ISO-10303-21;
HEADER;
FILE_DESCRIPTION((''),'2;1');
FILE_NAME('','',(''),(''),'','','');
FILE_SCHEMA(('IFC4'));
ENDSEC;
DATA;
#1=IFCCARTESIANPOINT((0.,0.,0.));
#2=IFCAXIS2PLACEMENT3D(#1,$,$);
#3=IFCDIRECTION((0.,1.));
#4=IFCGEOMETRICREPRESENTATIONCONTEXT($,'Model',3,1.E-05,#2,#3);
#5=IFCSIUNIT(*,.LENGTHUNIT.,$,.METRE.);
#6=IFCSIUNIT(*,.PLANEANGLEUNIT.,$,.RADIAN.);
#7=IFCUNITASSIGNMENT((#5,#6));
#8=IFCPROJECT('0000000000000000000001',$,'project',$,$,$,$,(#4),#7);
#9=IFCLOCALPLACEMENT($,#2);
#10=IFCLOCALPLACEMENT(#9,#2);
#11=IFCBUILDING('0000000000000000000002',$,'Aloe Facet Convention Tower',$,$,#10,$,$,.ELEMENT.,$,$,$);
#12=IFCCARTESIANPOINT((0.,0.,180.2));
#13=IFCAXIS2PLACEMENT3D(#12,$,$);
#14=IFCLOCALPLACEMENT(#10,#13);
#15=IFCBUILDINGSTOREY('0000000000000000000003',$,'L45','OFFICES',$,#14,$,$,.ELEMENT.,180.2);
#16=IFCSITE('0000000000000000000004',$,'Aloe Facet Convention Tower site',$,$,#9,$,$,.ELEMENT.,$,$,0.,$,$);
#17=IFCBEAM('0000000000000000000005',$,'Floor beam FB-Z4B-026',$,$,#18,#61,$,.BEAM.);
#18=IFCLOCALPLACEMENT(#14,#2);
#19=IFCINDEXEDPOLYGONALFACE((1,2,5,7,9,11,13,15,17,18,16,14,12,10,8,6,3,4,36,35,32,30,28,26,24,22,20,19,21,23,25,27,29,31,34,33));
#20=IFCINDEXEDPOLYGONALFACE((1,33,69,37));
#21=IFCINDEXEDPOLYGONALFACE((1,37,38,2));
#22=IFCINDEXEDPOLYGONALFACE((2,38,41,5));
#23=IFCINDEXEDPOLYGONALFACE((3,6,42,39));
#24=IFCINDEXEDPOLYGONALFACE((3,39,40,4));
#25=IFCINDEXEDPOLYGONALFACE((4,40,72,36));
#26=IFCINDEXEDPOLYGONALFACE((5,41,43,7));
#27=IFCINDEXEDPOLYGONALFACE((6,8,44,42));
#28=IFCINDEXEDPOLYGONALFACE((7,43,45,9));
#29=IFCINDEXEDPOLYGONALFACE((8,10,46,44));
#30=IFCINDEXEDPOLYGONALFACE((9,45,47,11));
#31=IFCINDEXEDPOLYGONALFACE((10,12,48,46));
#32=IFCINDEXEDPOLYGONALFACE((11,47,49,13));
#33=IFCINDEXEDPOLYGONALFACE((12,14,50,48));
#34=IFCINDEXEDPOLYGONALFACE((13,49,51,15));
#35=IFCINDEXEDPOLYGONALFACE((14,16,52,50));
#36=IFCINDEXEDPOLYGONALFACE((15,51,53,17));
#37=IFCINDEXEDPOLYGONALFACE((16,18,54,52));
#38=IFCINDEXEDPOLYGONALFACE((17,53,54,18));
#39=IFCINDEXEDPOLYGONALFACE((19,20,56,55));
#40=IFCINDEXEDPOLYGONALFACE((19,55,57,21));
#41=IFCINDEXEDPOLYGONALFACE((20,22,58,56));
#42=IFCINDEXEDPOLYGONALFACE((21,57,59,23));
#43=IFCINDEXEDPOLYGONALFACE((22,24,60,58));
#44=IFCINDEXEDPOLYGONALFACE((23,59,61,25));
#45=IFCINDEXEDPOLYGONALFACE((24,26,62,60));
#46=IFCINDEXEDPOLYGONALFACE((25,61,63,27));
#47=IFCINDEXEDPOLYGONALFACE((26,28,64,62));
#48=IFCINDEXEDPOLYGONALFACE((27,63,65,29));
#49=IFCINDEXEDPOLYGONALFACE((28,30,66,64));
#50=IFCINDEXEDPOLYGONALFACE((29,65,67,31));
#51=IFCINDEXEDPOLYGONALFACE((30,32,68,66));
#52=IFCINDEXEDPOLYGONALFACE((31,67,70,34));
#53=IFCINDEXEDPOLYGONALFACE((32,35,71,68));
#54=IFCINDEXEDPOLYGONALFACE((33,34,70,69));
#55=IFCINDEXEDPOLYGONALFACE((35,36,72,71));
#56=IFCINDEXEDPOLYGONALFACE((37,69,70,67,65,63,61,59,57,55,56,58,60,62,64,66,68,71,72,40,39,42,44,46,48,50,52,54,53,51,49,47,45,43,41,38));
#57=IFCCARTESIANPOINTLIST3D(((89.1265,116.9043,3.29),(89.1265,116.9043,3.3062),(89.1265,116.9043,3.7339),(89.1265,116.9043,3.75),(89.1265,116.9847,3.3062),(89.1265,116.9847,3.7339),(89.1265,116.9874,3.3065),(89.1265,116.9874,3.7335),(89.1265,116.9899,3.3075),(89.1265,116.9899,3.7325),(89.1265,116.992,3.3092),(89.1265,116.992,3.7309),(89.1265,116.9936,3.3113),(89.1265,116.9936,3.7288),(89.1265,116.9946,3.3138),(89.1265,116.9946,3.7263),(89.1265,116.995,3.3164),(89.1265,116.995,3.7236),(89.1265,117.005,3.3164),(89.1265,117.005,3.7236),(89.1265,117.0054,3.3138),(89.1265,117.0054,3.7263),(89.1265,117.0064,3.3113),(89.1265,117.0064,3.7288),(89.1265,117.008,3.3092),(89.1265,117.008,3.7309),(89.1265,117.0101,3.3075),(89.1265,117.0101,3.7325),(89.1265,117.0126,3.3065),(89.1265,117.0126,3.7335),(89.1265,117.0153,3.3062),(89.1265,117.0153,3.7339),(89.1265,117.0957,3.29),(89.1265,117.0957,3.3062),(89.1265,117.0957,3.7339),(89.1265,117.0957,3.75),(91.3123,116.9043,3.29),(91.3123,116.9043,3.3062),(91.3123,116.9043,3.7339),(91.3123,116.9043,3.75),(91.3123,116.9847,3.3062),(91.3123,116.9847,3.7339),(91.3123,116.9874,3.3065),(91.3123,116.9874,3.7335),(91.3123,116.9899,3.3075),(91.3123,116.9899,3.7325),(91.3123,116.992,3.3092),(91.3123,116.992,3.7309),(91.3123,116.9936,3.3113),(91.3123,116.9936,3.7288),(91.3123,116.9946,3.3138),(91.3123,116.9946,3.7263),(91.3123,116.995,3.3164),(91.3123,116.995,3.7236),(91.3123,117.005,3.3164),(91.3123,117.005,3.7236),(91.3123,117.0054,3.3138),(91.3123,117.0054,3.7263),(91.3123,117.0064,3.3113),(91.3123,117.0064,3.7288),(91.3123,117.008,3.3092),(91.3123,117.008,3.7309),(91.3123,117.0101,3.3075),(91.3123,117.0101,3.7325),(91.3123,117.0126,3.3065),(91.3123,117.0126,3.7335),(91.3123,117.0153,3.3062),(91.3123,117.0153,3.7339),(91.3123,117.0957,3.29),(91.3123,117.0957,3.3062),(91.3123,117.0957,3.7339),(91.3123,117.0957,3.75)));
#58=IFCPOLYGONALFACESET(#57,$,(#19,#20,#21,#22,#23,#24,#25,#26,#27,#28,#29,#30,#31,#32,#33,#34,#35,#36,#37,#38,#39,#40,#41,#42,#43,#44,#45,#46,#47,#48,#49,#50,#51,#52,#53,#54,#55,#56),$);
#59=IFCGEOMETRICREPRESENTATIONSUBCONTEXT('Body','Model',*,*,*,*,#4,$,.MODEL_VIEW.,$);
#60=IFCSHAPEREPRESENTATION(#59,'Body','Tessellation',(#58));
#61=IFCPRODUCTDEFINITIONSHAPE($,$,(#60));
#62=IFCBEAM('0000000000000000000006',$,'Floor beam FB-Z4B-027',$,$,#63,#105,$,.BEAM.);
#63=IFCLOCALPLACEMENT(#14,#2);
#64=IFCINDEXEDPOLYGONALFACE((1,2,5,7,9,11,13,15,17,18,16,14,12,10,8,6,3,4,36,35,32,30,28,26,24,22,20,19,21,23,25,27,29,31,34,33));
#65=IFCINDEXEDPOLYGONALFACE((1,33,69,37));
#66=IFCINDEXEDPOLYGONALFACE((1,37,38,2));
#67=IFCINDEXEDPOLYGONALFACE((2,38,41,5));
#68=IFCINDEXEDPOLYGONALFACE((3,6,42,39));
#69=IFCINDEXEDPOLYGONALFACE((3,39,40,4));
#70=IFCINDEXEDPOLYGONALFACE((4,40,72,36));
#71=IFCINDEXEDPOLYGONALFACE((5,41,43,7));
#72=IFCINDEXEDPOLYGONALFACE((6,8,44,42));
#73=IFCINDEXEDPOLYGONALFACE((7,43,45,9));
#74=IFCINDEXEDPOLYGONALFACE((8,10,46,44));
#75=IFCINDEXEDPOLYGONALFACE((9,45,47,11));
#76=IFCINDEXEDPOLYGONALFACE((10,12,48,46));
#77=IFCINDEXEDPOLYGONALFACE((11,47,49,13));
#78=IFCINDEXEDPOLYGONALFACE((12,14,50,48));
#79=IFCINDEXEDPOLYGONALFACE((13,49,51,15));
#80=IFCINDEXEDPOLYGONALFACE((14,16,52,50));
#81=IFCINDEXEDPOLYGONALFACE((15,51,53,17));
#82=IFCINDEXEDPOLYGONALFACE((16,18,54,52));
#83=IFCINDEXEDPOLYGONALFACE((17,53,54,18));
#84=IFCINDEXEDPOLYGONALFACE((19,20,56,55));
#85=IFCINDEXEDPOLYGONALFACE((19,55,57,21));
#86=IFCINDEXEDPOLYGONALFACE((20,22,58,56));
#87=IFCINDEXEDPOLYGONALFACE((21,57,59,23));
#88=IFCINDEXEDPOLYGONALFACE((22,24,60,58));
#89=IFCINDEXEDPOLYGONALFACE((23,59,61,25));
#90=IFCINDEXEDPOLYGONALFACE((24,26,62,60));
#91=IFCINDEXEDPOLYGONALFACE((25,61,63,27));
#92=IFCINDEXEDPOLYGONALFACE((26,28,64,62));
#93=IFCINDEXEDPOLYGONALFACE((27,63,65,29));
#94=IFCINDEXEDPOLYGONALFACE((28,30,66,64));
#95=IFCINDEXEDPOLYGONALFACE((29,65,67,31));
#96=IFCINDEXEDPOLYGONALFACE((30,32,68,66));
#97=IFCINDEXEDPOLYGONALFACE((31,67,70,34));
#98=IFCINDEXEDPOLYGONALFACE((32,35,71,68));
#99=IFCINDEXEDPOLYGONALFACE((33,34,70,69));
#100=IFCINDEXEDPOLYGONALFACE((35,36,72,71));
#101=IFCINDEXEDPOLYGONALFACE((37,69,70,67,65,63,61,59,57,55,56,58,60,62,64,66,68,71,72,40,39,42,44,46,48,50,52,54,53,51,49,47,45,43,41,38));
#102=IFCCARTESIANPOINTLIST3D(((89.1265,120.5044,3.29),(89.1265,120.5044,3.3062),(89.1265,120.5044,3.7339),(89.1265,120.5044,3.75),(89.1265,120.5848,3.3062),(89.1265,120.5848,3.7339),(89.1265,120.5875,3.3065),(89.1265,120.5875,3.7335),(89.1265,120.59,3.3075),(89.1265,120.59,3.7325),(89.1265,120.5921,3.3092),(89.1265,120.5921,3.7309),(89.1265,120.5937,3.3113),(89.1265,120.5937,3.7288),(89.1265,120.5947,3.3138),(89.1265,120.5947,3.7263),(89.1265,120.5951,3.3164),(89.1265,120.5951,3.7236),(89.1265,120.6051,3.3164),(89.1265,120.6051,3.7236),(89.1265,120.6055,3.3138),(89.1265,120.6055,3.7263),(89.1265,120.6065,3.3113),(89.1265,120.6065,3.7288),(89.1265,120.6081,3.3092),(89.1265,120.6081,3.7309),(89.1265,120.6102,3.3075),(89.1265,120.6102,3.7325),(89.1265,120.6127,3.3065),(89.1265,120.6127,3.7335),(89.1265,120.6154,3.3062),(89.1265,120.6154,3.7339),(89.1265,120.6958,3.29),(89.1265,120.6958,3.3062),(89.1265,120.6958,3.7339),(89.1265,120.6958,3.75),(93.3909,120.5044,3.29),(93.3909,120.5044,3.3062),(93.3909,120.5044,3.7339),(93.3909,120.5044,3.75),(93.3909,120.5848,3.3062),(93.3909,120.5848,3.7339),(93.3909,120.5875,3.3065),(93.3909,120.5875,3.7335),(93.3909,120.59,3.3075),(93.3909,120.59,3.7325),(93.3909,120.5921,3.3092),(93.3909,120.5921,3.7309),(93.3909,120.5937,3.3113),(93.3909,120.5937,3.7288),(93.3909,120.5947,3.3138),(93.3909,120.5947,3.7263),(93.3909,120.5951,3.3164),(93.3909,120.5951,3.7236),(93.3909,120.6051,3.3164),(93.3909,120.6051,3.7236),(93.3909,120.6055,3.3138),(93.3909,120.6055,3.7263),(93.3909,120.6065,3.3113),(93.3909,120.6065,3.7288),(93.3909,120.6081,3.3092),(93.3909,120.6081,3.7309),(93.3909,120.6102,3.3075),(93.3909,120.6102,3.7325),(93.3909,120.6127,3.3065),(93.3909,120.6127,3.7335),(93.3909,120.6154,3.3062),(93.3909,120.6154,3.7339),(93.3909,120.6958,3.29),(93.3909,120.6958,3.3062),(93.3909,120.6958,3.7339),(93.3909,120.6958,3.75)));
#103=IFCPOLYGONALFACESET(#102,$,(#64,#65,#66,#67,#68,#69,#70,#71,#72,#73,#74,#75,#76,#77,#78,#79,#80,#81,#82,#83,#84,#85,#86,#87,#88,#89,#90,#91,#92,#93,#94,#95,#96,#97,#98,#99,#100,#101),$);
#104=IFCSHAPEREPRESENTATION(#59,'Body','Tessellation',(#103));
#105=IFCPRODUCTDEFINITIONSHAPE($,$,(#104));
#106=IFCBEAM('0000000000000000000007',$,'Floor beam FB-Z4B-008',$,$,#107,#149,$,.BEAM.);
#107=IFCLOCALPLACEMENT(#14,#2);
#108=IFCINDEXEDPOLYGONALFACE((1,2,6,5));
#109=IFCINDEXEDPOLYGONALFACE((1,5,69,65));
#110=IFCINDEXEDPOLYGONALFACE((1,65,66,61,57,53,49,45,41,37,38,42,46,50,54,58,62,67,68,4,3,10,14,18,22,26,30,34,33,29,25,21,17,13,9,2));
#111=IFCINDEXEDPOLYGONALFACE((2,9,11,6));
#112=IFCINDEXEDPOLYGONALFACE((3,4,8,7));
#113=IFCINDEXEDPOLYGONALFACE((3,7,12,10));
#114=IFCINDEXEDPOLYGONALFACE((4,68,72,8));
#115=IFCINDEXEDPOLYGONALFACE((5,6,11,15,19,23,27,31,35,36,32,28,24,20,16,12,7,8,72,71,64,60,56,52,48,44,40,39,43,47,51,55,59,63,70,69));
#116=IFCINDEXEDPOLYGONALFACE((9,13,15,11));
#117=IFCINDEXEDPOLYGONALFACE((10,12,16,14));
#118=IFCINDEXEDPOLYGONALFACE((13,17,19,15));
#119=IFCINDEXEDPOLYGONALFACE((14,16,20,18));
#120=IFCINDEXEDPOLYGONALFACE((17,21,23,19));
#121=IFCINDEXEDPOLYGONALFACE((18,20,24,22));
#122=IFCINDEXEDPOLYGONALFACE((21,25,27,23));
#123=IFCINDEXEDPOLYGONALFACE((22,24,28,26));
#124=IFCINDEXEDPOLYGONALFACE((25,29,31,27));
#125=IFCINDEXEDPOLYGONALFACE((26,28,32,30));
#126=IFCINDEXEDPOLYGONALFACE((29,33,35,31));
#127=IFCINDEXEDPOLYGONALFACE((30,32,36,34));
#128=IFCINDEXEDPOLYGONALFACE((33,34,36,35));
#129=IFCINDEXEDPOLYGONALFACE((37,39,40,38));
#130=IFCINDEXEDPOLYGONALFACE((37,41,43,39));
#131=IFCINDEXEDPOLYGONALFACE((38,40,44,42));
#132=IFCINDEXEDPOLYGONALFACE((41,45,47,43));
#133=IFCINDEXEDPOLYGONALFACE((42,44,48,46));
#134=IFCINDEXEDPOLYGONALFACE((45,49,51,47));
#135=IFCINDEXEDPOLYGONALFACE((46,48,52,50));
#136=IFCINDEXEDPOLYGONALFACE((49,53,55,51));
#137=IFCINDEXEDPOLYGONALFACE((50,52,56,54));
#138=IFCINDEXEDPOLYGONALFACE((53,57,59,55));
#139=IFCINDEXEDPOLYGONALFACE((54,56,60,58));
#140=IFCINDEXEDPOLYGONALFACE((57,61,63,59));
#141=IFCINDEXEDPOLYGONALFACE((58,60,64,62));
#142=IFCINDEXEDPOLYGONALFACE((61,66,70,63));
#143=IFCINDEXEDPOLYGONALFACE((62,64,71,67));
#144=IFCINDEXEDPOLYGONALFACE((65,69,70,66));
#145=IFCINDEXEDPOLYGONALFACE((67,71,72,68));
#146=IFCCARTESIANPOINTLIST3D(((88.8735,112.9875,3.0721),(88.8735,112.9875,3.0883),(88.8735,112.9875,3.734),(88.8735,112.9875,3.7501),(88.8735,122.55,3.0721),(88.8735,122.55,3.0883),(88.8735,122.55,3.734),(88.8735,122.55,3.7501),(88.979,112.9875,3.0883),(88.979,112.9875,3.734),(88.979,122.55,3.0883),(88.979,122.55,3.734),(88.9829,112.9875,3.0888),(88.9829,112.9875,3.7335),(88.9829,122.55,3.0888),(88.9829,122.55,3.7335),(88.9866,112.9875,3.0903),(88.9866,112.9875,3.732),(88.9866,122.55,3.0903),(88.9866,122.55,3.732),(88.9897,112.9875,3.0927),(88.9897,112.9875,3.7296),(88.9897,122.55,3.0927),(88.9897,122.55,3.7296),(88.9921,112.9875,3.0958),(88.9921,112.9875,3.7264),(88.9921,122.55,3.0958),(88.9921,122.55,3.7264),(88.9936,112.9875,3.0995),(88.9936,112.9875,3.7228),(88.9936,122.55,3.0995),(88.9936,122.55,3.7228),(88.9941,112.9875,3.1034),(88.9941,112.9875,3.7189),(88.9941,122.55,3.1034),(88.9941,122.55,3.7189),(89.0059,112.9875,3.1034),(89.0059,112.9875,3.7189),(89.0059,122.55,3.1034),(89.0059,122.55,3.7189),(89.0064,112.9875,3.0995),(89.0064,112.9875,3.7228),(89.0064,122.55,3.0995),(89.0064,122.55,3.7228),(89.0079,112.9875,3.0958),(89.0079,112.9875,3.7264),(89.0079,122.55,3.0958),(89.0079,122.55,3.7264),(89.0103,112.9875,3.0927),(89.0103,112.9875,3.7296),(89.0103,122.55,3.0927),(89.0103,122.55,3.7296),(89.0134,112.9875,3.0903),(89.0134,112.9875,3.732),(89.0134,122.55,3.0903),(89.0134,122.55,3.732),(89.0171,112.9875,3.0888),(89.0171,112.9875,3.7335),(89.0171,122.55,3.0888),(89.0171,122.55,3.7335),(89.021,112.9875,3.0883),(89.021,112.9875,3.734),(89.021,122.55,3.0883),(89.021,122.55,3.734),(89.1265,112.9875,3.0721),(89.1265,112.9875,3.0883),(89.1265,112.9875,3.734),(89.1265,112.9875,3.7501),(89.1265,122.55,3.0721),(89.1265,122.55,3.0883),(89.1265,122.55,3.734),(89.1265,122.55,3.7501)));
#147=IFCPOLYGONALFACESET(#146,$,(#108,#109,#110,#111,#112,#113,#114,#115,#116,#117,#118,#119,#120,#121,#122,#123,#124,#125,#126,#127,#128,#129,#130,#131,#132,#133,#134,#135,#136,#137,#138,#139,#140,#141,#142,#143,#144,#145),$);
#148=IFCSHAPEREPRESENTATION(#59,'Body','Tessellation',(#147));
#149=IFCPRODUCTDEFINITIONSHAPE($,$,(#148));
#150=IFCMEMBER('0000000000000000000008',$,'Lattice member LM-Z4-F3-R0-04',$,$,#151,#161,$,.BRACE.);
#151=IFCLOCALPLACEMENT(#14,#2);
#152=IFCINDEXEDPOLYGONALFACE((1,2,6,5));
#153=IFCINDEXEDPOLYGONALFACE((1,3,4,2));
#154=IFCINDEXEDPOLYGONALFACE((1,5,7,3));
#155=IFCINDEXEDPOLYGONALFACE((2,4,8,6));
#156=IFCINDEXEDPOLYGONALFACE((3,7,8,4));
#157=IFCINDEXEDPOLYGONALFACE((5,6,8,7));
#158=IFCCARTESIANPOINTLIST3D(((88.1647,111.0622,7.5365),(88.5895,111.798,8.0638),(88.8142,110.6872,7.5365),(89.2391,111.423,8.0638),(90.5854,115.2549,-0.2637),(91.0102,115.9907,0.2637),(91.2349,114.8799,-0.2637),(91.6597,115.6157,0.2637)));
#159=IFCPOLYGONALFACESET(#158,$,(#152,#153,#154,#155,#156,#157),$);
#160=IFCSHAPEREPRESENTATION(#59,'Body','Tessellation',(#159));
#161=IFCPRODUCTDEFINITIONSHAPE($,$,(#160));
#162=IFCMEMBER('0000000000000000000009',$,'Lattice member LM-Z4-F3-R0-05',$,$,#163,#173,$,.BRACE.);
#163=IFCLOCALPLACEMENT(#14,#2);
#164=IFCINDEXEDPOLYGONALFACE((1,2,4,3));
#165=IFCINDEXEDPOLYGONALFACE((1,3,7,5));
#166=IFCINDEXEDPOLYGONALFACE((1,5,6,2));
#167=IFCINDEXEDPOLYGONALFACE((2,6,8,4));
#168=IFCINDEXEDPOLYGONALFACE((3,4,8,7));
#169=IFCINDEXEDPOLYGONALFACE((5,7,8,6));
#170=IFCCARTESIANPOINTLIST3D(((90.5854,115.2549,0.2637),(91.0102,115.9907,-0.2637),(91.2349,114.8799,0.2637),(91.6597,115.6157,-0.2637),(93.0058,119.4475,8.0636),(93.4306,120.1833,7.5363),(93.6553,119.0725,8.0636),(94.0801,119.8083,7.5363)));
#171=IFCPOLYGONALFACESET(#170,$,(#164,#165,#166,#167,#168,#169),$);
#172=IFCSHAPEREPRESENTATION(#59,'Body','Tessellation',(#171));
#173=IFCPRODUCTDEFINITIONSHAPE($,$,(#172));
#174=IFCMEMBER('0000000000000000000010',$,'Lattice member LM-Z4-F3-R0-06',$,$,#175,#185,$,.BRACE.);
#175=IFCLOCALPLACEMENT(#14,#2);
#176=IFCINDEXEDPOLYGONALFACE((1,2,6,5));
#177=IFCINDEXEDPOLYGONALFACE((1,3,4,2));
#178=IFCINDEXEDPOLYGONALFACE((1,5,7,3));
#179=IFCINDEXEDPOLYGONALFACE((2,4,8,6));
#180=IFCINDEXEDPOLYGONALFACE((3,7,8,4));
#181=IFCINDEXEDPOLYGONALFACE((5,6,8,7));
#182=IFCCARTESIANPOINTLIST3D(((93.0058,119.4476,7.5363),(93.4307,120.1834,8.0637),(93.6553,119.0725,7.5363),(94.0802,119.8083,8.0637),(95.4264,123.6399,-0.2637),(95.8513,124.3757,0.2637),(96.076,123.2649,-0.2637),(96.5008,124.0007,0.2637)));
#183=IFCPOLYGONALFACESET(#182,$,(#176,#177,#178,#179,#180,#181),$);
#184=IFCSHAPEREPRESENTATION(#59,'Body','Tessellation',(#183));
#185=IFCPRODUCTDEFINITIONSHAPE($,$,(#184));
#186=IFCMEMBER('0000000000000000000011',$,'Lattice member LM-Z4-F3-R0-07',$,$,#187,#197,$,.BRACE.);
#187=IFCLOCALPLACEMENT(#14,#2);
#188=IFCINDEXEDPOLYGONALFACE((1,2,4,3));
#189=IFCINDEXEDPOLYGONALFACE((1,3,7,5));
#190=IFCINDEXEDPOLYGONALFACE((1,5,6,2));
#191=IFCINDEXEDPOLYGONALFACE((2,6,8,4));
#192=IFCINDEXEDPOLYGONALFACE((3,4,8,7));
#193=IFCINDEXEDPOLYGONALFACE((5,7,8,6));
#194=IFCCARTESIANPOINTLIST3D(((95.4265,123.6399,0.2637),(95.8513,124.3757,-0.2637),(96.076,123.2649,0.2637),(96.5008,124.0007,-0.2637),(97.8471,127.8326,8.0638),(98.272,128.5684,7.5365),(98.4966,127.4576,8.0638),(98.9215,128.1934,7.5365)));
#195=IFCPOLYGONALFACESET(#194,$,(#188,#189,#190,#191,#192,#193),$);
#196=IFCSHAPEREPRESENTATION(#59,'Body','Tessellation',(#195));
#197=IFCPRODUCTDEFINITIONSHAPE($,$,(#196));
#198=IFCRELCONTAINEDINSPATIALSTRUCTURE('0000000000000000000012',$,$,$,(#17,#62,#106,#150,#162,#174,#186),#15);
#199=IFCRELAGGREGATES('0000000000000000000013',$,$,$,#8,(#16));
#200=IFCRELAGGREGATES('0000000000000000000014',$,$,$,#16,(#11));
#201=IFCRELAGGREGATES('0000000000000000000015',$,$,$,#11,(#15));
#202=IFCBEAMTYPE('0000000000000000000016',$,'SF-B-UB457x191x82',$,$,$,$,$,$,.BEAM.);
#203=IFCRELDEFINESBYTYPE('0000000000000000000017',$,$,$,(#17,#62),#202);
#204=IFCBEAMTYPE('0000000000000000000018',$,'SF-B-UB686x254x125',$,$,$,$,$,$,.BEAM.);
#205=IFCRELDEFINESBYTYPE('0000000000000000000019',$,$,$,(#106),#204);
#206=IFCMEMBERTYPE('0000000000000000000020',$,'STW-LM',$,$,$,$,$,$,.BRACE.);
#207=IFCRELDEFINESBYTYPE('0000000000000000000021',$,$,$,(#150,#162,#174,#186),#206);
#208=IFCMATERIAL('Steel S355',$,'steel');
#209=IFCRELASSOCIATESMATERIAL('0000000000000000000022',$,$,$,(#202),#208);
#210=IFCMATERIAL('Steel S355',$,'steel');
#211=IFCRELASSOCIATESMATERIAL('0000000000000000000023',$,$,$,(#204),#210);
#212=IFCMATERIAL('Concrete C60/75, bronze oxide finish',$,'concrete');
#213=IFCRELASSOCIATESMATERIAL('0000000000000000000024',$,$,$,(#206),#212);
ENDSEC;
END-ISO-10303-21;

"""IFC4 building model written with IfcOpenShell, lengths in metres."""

from ifc_helpers import new_model, si_unit, direction, frame, origin, origin_2d, place, context, subcontext, project, spatial, rectangle, i_section, extrude, material, material_profile, profile_set, type_object, element, save


model = new_model("IFC4")

# Units and contexts
model_context = context("Model", 3, precision=1e-05, world=origin(), true_north=direction((0.0, 1.0)))
body_context = subcontext(model_context, "Body", "Model", "MODEL_VIEW")
ifc_project = project(units=[si_unit("LENGTHUNIT", "METRE"), si_unit("PLANEANGLEUNIT", "RADIAN")], contexts=[model_context])

# Site, building, storey
site_placement = place(None, origin())
site = spatial("IfcSite", under=ifc_project, at=site_placement, Name="Aloe Facet Convention Tower site", CompositionType="ELEMENT", RefElevation=0.0)
building_placement = place(site_placement, origin())
building = spatial("IfcBuilding", under=site, at=building_placement, Name="Aloe Facet Convention Tower", CompositionType="ELEMENT")
storey_placement = place(building_placement, frame((0.0, 0.0, 180.2)))
storey = spatial("IfcBuildingStorey", under=building, at=storey_placement, Name="L45", Description="OFFICES", CompositionType="ELEMENT", Elevation=180.2)

# Beams
ifc_material_1 = material(Name="Steel S355", Category="steel")
ifc_material_profile_1 = material_profile(ifc_material_1, i_section(OverallWidth=0.1914, OverallDepth=0.46, WebThickness=0.01, FlangeThickness=0.0161, FilletRadius=0.0103, at=origin_2d()), Name="UB 457x191x82")
ifc_profile_set_1 = profile_set([ifc_material_profile_1], Name="Steel S355")
beam_type_1 = type_object("IfcBeamType", Name="SF-B-UB457x191x82", PredefinedType="BEAM", material=ifc_profile_set_1)
beam_1_placement = place(storey_placement, frame((89.1265, 117.0, 3.52), z_axis=(1.0, 0.0, 0.0), x_axis=(0.0, 1.0, 0.0)))
element("IfcBeam", 1, at=beam_1_placement, inside=storey, type_object=beam_type_1, Name="Floor beam FB-Z4B-026", PredefinedType="BEAM", context=body_context, shape_type="SweptSolid", body=[
    extrude(i_section(OverallWidth=0.1914, OverallDepth=0.46, WebThickness=0.01, FlangeThickness=0.0161, FilletRadius=0.0103, at=origin_2d()), origin(), (0.0, 0.0, 1.0), 2.1858),
])
beam_2_placement = place(storey_placement, frame((89.1265, 120.6001, 3.52), z_axis=(1.0, 0.0, 0.0), x_axis=(0.0, 1.0, 0.0)))
element("IfcBeam", 2, at=beam_2_placement, inside=storey, type_object=beam_type_1, Name="Floor beam FB-Z4B-027", PredefinedType="BEAM", context=body_context, shape_type="SweptSolid", body=[
    extrude(i_section(OverallWidth=0.1914, OverallDepth=0.46, WebThickness=0.01, FlangeThickness=0.0161, FilletRadius=0.0103, at=origin_2d()), origin(), (0.0, 0.0, 1.0), 4.2644),
])
ifc_material_2 = material(Name="Steel S355", Category="steel")
ifc_material_profile_2 = material_profile(ifc_material_2, i_section(OverallWidth=0.2529, OverallDepth=0.678, WebThickness=0.0117, FlangeThickness=0.0161, FilletRadius=0.0151, at=origin_2d()), Name="UB 686x254x125")
ifc_profile_set_2 = profile_set([ifc_material_profile_2], Name="Steel S355")
beam_type_2 = type_object("IfcBeamType", Name="SF-B-UB686x254x125", PredefinedType="BEAM", material=ifc_profile_set_2)
beam_3_placement = place(storey_placement, frame((89.0, 122.55, 3.4111), z_axis=(0.0, -1.0, 0.0), x_axis=(1.0, 0.0, 0.0)))
element("IfcBeam", 3, at=beam_3_placement, inside=storey, type_object=beam_type_2, Name="Floor beam FB-Z4B-008", PredefinedType="BEAM", context=body_context, shape_type="SweptSolid", body=[
    extrude(i_section(OverallWidth=0.2529, OverallDepth=0.678, WebThickness=0.0117, FlangeThickness=0.0161, FilletRadius=0.0151, at=origin_2d()), origin(), (0.0, 0.0, 1.0), 9.5625),
])

# Members
ifc_material_3 = material(Name="Concrete C60/75, bronze oxide finish", Category="concrete")
ifc_material_profile_3 = material_profile(ifc_material_3, rectangle(XDim=0.75, YDim=1.0, at=origin_2d()), Name="STW-LM")
ifc_profile_set_3 = profile_set([ifc_material_profile_3], Name="Concrete C60/75, bronze oxide finish")
member_type = type_object("IfcMemberType", Name="STW-LM", PredefinedType="BRACE", material=ifc_profile_set_3)
member_1_placement = place(storey_placement, frame((91.1226, 115.4353, 0.0), z_axis=(-0.263678, -0.456697, 0.849648), x_axis=(0.866022, -0.500006, 0.0)))
element("IfcMember", 4, at=member_1_placement, inside=storey, type_object=member_type, Name="Lattice member LM-Z4-F3-R0-04", PredefinedType="BRACE", context=body_context, shape_type="SweptSolid", body=[
    extrude(rectangle(XDim=0.75, YDim=1.0, at=origin_2d()), origin(), (0.0, 0.0, 1.0), 9.1804),
])
for number, where, z_axis, x_axis, name in (
    (5, (91.1226, 115.4353, 0.0), (0.263654, 0.4567, 0.849654), (-0.866044, 0.499968, 0.0), "Lattice member LM-Z4-F3-R0-05"),
    (6, (95.9636, 123.8203, 0.0), (-0.263682, -0.456676, 0.849658), (0.866009, -0.500028, 0.0), "Lattice member LM-Z4-F3-R0-06"),
):
    element("IfcMember", number, at=place(storey_placement, frame(where, z_axis=z_axis, x_axis=x_axis)), inside=storey, type_object=member_type, Name=name, PredefinedType="BRACE", context=body_context, shape_type="SweptSolid", body=[
        extrude(rectangle(XDim=0.75, YDim=1.0, at=origin_2d()), origin(), (0.0, 0.0, 1.0), 9.1802),
    ])
member_2_placement = place(storey_placement, frame((95.9636, 123.8203, 0.0), z_axis=(0.263678, 0.456697, 0.849648), x_axis=(-0.866022, 0.500006, 0.0)))
element("IfcMember", 7, at=member_2_placement, inside=storey, type_object=member_type, Name="Lattice member LM-Z4-F3-R0-07", PredefinedType="BRACE", context=body_context, shape_type="SweptSolid", body=[
    extrude(rectangle(XDim=0.75, YDim=1.0, at=origin_2d()), origin(), (0.0, 0.0, 1.0), 9.1804),
])

save(model, "model.ifc")
